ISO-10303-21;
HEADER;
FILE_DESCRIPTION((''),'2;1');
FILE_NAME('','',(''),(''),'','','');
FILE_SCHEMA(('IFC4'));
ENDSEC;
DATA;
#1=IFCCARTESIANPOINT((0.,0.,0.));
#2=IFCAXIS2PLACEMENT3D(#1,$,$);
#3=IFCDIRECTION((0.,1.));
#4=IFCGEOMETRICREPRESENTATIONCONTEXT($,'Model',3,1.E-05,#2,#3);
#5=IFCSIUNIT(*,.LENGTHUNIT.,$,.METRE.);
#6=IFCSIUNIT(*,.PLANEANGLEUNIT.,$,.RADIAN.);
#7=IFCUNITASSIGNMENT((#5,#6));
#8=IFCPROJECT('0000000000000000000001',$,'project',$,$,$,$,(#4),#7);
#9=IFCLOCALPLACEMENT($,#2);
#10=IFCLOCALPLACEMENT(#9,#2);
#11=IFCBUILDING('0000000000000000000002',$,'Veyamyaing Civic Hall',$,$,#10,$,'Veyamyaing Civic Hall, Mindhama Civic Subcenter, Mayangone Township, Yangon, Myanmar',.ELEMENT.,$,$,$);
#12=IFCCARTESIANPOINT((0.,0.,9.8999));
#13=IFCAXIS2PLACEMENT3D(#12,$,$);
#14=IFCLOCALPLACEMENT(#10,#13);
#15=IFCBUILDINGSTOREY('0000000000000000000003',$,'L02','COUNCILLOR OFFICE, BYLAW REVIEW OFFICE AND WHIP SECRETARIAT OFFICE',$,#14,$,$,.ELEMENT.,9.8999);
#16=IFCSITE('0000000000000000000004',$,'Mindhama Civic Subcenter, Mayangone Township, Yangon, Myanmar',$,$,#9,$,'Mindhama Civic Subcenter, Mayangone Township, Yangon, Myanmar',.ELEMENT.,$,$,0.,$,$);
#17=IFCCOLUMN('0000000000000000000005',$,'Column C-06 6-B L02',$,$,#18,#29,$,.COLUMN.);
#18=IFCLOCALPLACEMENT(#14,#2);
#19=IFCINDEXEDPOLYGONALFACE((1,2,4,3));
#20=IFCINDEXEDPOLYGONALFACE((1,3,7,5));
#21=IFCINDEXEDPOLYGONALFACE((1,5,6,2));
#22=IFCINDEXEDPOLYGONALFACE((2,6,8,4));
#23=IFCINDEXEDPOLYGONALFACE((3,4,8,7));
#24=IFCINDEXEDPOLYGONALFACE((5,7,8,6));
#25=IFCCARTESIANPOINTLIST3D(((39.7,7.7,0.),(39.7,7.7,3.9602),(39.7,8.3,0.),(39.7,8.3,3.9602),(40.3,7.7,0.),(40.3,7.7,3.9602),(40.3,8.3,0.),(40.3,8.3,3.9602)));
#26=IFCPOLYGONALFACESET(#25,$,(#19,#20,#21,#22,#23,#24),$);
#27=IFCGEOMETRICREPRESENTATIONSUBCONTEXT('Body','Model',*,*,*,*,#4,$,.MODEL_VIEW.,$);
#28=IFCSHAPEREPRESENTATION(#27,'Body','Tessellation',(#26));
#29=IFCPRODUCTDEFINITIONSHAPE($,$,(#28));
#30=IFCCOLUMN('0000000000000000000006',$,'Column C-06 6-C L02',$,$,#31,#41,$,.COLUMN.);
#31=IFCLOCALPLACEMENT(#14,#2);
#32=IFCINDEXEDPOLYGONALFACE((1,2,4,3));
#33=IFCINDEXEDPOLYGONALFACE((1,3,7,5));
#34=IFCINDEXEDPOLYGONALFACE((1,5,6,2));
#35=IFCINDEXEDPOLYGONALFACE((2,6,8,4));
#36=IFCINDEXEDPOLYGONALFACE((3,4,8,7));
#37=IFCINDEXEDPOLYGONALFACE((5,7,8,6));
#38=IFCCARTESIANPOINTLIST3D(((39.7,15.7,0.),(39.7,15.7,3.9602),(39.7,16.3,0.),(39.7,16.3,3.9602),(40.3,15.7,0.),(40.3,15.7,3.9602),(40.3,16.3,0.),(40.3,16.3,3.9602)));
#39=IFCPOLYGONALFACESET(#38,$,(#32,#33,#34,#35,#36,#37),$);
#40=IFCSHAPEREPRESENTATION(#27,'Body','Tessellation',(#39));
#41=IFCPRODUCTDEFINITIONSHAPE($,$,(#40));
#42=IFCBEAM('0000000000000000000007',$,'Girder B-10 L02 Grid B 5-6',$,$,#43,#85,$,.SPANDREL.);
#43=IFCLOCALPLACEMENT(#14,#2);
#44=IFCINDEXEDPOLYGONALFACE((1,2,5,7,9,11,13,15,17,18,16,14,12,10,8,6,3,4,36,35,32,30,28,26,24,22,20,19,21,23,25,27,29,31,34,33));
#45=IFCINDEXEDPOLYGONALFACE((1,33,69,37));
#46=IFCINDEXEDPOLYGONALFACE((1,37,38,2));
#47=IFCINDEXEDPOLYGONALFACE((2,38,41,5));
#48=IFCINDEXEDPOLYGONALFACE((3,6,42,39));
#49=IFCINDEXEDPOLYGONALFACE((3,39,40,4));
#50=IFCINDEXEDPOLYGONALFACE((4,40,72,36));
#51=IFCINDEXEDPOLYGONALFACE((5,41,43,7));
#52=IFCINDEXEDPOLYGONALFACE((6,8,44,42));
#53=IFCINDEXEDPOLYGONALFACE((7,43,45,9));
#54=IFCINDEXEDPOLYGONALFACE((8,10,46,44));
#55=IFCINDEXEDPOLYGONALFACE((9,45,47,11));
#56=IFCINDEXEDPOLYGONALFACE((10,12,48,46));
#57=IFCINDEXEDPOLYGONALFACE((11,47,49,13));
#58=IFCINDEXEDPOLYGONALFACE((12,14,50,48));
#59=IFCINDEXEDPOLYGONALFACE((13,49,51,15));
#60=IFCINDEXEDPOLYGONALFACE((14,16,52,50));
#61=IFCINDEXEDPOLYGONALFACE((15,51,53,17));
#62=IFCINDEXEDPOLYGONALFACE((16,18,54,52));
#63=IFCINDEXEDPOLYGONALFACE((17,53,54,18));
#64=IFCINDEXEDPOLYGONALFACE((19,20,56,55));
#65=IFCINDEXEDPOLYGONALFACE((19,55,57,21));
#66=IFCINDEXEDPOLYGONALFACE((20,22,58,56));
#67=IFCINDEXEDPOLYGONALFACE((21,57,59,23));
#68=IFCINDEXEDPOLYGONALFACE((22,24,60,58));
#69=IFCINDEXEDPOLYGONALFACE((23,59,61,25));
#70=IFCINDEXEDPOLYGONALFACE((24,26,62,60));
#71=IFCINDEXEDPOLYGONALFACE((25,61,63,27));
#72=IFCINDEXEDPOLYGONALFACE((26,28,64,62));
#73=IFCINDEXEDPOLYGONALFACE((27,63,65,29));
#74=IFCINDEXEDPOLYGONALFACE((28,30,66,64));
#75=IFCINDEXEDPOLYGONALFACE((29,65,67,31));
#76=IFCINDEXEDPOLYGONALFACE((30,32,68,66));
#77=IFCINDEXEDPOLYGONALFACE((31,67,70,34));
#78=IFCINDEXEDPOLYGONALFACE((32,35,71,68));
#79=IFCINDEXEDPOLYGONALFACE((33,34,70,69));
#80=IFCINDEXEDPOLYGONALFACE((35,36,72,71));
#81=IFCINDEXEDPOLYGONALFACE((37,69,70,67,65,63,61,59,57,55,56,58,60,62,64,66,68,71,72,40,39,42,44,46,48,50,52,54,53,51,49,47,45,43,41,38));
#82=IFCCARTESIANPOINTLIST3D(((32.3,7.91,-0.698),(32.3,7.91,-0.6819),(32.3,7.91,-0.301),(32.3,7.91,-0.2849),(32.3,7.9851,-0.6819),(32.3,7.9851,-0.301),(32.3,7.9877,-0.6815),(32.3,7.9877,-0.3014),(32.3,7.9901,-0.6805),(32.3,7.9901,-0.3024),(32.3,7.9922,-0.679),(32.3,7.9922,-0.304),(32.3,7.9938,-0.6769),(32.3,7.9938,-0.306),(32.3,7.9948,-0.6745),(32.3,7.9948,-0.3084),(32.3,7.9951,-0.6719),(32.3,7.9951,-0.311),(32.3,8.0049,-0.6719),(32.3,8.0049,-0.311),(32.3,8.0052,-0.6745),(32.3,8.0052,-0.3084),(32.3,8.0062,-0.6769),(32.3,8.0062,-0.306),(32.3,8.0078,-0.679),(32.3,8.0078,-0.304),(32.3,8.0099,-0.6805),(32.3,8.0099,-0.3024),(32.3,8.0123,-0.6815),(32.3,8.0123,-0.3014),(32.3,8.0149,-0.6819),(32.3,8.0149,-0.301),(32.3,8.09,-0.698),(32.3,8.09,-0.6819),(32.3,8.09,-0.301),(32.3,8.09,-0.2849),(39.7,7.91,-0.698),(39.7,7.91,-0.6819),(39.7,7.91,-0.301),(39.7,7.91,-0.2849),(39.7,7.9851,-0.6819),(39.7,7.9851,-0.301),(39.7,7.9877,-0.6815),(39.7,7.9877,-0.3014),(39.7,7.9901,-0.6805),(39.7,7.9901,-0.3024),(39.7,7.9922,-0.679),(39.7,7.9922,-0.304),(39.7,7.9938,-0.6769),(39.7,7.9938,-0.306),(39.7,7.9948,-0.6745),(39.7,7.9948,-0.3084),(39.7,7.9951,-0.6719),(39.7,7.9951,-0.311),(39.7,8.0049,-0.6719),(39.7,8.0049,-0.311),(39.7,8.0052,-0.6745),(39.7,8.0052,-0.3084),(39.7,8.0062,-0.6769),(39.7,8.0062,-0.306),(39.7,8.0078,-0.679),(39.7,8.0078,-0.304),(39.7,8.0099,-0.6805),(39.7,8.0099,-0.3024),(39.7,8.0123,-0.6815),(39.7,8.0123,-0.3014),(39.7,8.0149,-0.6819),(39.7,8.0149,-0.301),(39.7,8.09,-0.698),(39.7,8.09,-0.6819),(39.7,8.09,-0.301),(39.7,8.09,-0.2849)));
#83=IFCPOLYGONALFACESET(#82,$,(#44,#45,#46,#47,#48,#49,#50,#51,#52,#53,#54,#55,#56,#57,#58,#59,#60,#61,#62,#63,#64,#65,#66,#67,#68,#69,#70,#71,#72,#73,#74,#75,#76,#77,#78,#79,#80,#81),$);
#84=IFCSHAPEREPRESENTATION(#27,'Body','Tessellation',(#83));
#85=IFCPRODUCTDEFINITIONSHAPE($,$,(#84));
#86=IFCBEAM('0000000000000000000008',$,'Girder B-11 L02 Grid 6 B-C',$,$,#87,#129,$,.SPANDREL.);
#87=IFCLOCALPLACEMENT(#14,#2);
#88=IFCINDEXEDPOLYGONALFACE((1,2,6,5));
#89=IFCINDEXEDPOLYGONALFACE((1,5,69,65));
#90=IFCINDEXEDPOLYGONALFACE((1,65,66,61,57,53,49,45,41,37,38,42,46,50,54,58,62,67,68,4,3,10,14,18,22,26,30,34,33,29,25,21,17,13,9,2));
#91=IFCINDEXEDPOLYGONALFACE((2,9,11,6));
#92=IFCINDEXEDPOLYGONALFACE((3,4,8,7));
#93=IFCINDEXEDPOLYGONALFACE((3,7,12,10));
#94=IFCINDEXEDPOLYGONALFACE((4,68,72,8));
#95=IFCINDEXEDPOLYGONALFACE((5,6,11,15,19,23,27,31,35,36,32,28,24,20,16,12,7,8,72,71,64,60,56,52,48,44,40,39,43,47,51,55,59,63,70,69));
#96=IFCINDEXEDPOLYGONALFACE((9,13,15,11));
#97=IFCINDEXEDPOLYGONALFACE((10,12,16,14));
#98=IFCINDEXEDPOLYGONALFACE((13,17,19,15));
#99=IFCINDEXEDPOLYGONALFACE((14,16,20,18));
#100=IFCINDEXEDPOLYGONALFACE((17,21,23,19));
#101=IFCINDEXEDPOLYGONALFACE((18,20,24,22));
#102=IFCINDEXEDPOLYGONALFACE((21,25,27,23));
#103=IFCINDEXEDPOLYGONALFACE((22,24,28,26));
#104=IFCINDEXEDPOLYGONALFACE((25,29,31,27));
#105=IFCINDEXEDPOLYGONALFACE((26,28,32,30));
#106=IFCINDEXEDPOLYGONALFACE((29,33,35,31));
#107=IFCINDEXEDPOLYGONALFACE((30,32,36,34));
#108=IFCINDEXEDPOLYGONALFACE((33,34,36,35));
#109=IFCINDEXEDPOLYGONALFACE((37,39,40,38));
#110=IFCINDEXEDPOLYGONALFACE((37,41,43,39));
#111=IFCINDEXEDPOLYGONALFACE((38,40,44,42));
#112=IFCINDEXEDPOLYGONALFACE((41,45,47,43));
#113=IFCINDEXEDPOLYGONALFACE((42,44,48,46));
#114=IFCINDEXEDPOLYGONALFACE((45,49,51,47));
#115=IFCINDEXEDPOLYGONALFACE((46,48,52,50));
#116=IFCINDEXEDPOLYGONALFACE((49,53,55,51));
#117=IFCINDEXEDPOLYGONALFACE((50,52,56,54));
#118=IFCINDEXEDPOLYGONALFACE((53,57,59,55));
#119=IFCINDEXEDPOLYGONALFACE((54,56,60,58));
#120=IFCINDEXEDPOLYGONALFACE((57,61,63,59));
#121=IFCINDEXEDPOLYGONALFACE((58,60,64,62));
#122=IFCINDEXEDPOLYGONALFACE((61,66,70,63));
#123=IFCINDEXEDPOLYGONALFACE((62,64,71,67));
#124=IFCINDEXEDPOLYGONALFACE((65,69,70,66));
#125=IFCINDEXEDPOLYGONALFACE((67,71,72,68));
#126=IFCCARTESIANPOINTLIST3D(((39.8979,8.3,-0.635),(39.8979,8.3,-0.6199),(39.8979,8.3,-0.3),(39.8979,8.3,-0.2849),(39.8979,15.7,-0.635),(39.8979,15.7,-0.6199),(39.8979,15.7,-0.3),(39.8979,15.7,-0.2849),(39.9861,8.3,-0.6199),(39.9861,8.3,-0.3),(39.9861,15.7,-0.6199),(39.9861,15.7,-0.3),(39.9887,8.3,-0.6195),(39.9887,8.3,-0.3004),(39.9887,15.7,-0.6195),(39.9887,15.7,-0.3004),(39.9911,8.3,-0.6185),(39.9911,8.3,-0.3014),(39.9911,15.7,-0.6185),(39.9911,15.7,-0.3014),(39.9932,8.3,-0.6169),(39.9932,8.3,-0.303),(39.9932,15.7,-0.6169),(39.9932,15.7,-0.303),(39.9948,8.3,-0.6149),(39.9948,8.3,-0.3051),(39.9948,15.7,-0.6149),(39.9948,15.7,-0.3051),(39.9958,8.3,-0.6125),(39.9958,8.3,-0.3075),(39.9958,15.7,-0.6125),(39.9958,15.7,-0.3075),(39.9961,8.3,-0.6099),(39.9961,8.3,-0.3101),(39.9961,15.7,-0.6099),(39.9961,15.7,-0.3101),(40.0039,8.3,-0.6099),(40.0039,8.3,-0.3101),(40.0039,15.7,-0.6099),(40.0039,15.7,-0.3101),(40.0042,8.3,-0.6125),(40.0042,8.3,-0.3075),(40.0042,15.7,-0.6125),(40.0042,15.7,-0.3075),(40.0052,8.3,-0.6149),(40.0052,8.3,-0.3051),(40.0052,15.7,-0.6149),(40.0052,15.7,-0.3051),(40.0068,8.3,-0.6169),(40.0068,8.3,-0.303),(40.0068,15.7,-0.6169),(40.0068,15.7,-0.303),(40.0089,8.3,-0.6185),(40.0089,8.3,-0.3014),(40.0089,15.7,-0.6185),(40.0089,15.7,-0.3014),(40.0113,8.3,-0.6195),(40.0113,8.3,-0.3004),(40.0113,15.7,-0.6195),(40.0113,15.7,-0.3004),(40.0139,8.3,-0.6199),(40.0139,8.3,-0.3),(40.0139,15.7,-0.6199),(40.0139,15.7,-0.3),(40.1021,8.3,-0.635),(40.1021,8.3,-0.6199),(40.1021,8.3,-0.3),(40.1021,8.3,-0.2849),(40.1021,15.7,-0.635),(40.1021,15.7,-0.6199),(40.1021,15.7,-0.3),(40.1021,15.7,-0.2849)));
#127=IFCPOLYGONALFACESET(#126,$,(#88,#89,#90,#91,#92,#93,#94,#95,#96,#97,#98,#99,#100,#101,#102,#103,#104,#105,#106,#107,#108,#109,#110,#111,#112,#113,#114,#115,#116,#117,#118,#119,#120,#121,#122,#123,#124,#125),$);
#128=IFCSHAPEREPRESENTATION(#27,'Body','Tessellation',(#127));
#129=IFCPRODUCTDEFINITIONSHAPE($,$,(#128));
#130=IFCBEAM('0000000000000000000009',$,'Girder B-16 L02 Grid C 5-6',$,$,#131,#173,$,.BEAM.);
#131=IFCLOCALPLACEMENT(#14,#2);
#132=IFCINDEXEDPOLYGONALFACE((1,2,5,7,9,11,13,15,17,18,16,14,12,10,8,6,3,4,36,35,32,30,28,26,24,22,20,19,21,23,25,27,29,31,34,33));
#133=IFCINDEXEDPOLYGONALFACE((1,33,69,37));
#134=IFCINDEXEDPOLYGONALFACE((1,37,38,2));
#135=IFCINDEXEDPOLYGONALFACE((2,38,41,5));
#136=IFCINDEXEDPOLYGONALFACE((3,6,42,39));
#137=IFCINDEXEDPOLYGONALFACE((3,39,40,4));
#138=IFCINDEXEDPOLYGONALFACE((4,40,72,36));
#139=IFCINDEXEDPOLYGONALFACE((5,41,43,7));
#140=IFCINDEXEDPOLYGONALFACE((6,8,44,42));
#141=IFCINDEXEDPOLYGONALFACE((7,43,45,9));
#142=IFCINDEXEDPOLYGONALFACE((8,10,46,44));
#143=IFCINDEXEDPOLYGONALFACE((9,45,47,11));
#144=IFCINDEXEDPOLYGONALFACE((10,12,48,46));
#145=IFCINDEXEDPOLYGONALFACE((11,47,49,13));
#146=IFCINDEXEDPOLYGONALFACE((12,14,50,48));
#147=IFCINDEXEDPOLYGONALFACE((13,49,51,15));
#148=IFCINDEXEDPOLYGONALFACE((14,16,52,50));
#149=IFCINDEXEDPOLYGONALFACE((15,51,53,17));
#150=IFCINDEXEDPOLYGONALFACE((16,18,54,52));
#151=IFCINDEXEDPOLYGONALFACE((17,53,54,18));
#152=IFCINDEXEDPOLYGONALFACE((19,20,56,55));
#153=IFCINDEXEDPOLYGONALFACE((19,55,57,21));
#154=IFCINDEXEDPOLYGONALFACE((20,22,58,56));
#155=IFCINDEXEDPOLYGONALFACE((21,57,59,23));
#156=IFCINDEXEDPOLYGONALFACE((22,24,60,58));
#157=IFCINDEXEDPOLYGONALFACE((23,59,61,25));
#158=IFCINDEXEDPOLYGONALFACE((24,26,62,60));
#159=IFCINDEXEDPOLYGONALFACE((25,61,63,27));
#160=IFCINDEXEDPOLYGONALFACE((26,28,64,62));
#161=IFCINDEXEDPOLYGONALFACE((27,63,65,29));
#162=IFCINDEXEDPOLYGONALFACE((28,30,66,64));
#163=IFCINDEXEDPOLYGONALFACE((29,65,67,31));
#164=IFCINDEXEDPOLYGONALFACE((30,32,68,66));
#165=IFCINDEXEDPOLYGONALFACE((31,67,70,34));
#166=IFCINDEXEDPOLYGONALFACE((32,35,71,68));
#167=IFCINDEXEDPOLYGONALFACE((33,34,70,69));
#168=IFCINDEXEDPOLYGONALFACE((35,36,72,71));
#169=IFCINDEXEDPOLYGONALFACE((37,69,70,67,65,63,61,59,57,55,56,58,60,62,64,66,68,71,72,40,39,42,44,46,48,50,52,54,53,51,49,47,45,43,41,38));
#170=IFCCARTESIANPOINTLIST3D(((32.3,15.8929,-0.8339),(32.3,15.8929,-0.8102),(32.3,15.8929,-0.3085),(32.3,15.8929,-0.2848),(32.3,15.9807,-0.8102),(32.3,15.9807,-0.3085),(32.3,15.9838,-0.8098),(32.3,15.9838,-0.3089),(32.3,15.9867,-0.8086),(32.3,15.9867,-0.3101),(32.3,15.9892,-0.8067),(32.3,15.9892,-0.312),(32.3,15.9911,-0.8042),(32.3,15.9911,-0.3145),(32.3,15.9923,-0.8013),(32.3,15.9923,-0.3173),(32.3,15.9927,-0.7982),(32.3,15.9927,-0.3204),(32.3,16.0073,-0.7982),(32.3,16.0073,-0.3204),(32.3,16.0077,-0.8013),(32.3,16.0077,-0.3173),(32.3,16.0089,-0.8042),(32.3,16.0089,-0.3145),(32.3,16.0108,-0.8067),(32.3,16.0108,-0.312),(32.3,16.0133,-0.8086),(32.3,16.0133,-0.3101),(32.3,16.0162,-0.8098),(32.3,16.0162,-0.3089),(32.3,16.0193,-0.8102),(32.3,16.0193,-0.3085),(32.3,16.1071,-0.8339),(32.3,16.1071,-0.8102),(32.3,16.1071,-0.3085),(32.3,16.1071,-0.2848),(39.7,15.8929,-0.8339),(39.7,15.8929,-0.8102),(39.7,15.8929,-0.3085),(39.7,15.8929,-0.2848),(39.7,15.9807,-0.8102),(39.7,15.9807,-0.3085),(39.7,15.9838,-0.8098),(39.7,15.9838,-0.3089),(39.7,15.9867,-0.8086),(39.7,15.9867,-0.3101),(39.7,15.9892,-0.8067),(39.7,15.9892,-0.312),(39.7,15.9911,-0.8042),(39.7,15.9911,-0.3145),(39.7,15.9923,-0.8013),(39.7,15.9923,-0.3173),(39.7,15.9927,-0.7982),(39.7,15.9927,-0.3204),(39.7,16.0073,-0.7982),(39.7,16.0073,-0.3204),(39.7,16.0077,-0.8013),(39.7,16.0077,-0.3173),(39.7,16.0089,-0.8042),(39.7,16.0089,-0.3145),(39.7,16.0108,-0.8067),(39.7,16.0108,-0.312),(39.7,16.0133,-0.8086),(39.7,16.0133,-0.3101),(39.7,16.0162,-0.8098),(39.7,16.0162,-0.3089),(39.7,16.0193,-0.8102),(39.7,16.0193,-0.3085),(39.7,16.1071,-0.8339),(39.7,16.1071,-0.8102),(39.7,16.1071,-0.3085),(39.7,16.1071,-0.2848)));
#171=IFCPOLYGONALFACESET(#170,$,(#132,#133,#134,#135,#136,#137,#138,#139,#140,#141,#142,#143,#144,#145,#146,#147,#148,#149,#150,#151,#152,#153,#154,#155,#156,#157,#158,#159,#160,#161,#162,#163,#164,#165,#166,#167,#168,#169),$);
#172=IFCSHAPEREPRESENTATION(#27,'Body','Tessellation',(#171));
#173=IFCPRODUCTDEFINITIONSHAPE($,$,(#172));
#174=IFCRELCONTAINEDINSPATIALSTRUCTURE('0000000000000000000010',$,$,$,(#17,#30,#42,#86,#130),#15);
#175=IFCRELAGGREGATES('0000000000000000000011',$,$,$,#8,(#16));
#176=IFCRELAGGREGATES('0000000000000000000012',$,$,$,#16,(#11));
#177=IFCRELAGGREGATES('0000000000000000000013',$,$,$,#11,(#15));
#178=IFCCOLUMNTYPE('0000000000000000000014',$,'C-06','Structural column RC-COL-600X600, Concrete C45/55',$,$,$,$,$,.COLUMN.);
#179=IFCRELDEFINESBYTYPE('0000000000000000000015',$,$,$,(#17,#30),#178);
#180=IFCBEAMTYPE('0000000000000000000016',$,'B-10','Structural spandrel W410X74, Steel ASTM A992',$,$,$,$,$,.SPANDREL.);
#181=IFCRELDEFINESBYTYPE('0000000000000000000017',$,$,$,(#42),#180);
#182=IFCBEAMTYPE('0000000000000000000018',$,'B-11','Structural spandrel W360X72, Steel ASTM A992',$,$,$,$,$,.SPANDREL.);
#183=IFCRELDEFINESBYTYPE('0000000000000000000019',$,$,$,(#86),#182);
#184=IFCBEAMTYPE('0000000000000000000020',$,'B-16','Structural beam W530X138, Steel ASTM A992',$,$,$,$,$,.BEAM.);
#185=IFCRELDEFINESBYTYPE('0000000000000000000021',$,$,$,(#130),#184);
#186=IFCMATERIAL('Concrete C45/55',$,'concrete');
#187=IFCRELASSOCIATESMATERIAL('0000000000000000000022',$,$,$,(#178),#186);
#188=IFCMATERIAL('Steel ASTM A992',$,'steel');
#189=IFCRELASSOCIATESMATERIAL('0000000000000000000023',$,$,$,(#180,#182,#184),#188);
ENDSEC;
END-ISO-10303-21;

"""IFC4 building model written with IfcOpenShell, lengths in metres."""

from ifc_helpers import new_model, si_unit, direction, frame, origin, origin_2d, place, context, subcontext, project, spatial, rectangle, i_section, extrude, material, material_profile, profile_set, type_object, element, save


model = new_model("IFC4")

# Units and contexts
model_context = context("Model", 3, precision=1e-05, world=origin(), true_north=direction((0.0, 1.0)))
body_context = subcontext(model_context, "Body", "Model", "MODEL_VIEW")
ifc_project = project(units=[si_unit("LENGTHUNIT", "METRE"), si_unit("PLANEANGLEUNIT", "RADIAN")], contexts=[model_context])

# Site, building, storey
site_placement = place(None, origin())
site = spatial("IfcSite", under=ifc_project, at=site_placement, Name="Mindhama Civic Subcenter, Mayangone Township, Yangon, Myanmar", LongName="Mindhama Civic Subcenter, Mayangone Township, Yangon, Myanmar", CompositionType="ELEMENT", RefElevation=0.0)
building_placement = place(site_placement, origin())
building = spatial("IfcBuilding", under=site, at=building_placement, Name="Veyamyaing Civic Hall", LongName="Veyamyaing Civic Hall, Mindhama Civic Subcenter, Mayangone Township, Yangon, Myanmar", CompositionType="ELEMENT")
storey_placement = place(building_placement, frame((0.0, 0.0, 9.8999)))
storey = spatial("IfcBuildingStorey", under=building, at=storey_placement, Name="L02", Description="COUNCILLOR OFFICE, BYLAW REVIEW OFFICE AND WHIP SECRETARIAT OFFICE", CompositionType="ELEMENT", Elevation=9.8999)

# Columns
ifc_material_1 = material(Name="Concrete C45/55", Category="concrete")
ifc_material_profile_1 = material_profile(ifc_material_1, rectangle(XDim=0.6001, YDim=0.6001, at=origin_2d()), Name="RC-COL-600X600")
ifc_profile_set_1 = profile_set([ifc_material_profile_1], Name="Concrete C45/55")
column_type = type_object("IfcColumnType", Name="C-06", Description="Structural column RC-COL-600X600, Concrete C45/55", PredefinedType="COLUMN", material=ifc_profile_set_1)
for number, where, z_axis, x_axis, name in (
    (1, (40.0, 8.0, 0.0), (0.0, 0.0, 1.0), (1.0, 0.0, 0.0), "Column C-06 6-B L02"),
    (2, (40.0, 16.0, 0.0), (0.0, 0.0, 1.0), (1.0, 0.0, 0.0), "Column C-06 6-C L02"),
):
    element("IfcColumn", number, at=place(storey_placement, frame(where, z_axis=z_axis, x_axis=x_axis)), inside=storey, type_object=column_type, Name=name, PredefinedType="COLUMN", context=body_context, shape_type="SweptSolid", body=[
        extrude(rectangle(XDim=0.6001, YDim=0.6001, at=origin_2d()), origin(), (0.0, 0.0, 1.0), 3.9602),
    ])

# Beams
ifc_material_2 = material(Name="Steel ASTM A992", Category="steel")
ifc_material_profile_2 = material_profile(ifc_material_2, i_section(OverallWidth=0.1799, OverallDepth=0.4131, WebThickness=0.0098, FlangeThickness=0.0161, FilletRadius=0.01, at=origin_2d()), Name="W410X74")
ifc_profile_set_2 = profile_set([ifc_material_profile_2], Name="Steel ASTM A992")
beam_type_1 = type_object("IfcBeamType", Name="B-10", Description="Structural spandrel W410X74, Steel ASTM A992", PredefinedType="SPANDREL", material=ifc_profile_set_2)
beam_1_placement = place(storey_placement, frame((32.3, 8.0, -0.4915), z_axis=(1.0, 0.0, 0.0), x_axis=(0.0, 1.0, 0.0)))
element("IfcBeam", 3, at=beam_1_placement, inside=storey, type_object=beam_type_1, Name="Girder B-10 L02 Grid B 5-6", PredefinedType="SPANDREL", context=body_context, shape_type="SweptSolid", body=[
    extrude(i_section(OverallWidth=0.1799, OverallDepth=0.4131, WebThickness=0.0098, FlangeThickness=0.0161, FilletRadius=0.01, at=origin_2d()), origin(), (0.0, 0.0, 1.0), 7.3999),
])
ifc_material_profile_3 = material_profile(ifc_material_2, i_section(OverallWidth=0.2041, OverallDepth=0.3501, WebThickness=0.0078, FlangeThickness=0.0151, FilletRadius=0.01, at=origin_2d()), Name="W360X72")
ifc_profile_set_3 = profile_set([ifc_material_profile_3], Name="Steel ASTM A992")
beam_type_2 = type_object("IfcBeamType", Name="B-11", Description="Structural spandrel W360X72, Steel ASTM A992", PredefinedType="SPANDREL", material=ifc_profile_set_3)
beam_2_placement = place(storey_placement, frame((40.0, 8.3, -0.46), z_axis=(0.0, 1.0, 0.0), x_axis=(-1.0, 0.0, 0.0)))
element("IfcBeam", 4, at=beam_2_placement, inside=storey, type_object=beam_type_2, Name="Girder B-11 L02 Grid 6 B-C", PredefinedType="SPANDREL", context=body_context, shape_type="SweptSolid", body=[
    extrude(i_section(OverallWidth=0.2041, OverallDepth=0.3501, WebThickness=0.0078, FlangeThickness=0.0151, FilletRadius=0.01, at=origin_2d()), origin(), (0.0, 0.0, 1.0), 7.3999),
])
ifc_material_profile_4 = material_profile(ifc_material_2, i_section(OverallWidth=0.2141, OverallDepth=0.5491, WebThickness=0.0146, FlangeThickness=0.0237, FilletRadius=0.012, at=origin_2d()), Name="W530X138")
ifc_profile_set_4 = profile_set([ifc_material_profile_4], Name="Steel ASTM A992")
beam_type_3 = type_object("IfcBeamType", Name="B-16", Description="Structural beam W530X138, Steel ASTM A992", PredefinedType="BEAM", material=ifc_profile_set_4)
beam_3_placement = place(storey_placement, frame((32.3, 16.0, -0.5593), z_axis=(1.0, 0.0, 0.0), x_axis=(0.0, 1.0, 0.0)))
element("IfcBeam", 5, at=beam_3_placement, inside=storey, type_object=beam_type_3, Name="Girder B-16 L02 Grid C 5-6", PredefinedType="BEAM", context=body_context, shape_type="SweptSolid", body=[
    extrude(i_section(OverallWidth=0.2141, OverallDepth=0.5491, WebThickness=0.0146, FlangeThickness=0.0237, FilletRadius=0.012, at=origin_2d()), origin(), (0.0, 0.0, 1.0), 7.3999),
])

save(model, "model.ifc")
